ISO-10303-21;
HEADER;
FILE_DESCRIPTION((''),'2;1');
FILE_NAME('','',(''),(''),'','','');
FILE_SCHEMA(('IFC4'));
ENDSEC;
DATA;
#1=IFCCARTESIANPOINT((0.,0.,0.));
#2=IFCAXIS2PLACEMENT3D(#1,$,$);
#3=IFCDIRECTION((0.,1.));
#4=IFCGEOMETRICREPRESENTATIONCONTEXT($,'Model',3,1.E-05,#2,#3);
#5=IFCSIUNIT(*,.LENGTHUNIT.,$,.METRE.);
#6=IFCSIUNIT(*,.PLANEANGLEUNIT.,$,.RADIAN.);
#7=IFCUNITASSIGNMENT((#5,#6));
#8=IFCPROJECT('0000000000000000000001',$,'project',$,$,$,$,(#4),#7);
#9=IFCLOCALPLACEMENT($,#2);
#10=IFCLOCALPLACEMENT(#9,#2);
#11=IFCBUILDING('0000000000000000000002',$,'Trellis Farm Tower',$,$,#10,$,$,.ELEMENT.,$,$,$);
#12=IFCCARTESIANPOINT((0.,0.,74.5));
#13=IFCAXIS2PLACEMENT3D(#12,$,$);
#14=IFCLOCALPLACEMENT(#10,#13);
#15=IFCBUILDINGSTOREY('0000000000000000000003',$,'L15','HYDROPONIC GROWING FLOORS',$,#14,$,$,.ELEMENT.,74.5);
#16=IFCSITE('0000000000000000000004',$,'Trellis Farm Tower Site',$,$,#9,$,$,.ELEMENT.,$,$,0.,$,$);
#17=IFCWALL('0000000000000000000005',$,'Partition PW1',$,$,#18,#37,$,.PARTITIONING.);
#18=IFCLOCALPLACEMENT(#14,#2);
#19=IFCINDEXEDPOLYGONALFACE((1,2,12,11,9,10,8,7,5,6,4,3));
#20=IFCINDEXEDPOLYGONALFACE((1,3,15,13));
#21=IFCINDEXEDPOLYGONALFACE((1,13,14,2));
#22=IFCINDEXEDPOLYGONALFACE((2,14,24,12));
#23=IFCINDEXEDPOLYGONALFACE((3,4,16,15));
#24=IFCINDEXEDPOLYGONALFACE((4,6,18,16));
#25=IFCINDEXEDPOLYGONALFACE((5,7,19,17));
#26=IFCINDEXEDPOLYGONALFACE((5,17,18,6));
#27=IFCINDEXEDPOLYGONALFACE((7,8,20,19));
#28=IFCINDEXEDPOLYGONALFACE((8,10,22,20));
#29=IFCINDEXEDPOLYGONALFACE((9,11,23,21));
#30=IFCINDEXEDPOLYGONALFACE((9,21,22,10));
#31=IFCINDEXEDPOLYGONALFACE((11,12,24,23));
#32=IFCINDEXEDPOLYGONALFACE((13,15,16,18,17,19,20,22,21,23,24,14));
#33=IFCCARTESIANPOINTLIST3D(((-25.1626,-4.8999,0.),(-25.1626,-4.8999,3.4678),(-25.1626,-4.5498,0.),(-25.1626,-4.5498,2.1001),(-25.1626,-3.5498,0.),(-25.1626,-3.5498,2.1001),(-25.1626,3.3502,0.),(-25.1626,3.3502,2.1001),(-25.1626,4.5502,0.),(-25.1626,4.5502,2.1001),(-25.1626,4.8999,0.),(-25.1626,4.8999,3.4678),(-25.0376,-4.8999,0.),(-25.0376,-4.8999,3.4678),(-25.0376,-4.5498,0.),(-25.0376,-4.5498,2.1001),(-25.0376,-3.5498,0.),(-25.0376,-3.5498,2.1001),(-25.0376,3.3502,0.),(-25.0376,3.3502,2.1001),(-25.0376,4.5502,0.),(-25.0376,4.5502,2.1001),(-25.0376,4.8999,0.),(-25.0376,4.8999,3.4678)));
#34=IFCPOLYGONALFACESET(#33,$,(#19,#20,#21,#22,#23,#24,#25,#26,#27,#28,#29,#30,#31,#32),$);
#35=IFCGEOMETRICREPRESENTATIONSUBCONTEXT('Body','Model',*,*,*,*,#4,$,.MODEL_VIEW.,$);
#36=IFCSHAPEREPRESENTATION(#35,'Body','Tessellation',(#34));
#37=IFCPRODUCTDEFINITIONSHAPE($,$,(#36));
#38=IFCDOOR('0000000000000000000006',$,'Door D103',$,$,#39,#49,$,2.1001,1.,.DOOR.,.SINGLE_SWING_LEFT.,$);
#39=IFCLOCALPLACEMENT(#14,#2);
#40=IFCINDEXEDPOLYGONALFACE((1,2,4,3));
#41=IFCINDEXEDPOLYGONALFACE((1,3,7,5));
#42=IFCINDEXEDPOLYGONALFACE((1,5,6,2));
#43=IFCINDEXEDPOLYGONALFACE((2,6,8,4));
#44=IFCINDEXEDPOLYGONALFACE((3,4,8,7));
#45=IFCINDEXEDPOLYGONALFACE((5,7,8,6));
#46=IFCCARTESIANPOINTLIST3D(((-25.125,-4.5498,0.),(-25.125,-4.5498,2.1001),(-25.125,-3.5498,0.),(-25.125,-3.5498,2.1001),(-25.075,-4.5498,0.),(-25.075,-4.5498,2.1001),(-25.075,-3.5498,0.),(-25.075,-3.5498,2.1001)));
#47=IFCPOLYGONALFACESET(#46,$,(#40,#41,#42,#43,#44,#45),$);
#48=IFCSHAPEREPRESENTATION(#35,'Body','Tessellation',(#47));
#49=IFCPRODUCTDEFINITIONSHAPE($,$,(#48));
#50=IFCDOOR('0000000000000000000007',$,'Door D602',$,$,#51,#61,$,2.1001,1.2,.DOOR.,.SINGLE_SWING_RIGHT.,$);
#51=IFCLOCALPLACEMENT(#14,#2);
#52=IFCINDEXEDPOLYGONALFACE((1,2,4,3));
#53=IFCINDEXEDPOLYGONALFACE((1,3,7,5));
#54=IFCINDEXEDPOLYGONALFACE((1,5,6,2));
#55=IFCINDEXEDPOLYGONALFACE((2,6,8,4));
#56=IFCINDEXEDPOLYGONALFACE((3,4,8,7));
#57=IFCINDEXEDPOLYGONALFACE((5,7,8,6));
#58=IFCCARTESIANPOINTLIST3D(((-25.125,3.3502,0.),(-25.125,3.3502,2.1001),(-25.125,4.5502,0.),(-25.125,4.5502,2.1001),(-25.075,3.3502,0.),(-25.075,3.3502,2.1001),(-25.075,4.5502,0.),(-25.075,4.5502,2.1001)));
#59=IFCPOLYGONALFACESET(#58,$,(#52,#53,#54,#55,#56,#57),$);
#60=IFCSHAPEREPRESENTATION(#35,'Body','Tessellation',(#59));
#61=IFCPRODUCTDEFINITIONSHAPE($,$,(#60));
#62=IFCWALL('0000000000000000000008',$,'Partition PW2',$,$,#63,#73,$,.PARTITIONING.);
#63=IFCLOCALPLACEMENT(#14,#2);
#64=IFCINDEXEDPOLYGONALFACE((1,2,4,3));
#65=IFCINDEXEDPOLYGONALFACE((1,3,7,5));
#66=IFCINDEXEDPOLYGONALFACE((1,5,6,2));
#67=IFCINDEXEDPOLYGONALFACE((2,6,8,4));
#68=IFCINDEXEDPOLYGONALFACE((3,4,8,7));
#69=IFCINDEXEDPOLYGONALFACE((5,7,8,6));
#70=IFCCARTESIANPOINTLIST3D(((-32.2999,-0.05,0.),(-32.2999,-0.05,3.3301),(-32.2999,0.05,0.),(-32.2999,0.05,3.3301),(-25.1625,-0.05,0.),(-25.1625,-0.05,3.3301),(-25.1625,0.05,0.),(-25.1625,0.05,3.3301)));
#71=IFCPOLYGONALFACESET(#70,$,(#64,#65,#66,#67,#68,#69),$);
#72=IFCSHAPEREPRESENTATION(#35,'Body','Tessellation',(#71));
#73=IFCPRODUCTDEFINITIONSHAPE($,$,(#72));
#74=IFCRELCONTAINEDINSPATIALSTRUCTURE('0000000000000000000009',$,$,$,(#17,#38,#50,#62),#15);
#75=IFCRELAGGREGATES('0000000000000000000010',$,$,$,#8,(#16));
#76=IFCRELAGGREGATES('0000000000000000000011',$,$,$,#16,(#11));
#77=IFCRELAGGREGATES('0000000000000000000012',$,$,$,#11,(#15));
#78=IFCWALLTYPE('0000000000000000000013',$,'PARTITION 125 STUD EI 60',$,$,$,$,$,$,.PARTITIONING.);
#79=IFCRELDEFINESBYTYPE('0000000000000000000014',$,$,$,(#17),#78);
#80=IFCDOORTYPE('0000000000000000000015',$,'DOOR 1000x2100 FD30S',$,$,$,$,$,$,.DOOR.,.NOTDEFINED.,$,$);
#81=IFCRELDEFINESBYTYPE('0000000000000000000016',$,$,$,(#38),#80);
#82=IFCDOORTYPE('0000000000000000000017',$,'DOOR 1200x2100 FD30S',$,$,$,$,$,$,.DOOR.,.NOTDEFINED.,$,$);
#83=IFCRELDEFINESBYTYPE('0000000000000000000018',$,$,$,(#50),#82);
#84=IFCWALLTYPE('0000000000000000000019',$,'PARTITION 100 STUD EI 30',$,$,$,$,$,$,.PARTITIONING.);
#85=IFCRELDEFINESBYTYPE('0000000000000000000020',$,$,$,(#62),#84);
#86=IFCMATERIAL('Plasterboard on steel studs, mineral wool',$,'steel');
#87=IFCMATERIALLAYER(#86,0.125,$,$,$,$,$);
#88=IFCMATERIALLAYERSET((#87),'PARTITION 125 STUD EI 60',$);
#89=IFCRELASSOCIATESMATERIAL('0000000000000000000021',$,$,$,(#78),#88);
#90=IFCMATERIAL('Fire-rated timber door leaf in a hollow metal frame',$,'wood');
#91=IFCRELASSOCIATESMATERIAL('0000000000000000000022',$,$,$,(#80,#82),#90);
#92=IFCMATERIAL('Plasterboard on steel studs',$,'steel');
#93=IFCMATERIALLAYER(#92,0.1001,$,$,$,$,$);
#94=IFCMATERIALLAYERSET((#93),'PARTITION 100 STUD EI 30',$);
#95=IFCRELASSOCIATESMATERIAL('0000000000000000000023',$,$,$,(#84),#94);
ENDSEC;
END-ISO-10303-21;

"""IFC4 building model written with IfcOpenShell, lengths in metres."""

from ifc_helpers import new_model, si_unit, direction, frame, frame_2d, origin, place, context, subcontext, project, spatial, rectangle, extrude, source, transform, mapped, material, layer, layer_set, type_object, element, fill, save


model = new_model("IFC4")

# Units and contexts
model_context = context("Model", 3, precision=1e-05, world=origin(), true_north=direction((0.0, 1.0)))
body_context = subcontext(model_context, "Body", "Model", "MODEL_VIEW")
ifc_project = project(units=[si_unit("LENGTHUNIT", "METRE"), si_unit("PLANEANGLEUNIT", "RADIAN")], contexts=[model_context])

# Site, building, storey
site_placement = place(None, origin())
site = spatial("IfcSite", under=ifc_project, at=site_placement, Name="Trellis Farm Tower Site", CompositionType="ELEMENT", RefElevation=0.0)
building_placement = place(site_placement, origin())
building = spatial("IfcBuilding", under=site, at=building_placement, Name="Trellis Farm Tower", CompositionType="ELEMENT")
storey_placement = place(building_placement, frame((0.0, 0.0, 74.5)))
storey = spatial("IfcBuildingStorey", under=building, at=storey_placement, Name="L15", Description="HYDROPONIC GROWING FLOORS", CompositionType="ELEMENT", Elevation=74.5)

# Wall, openings, doors
ifc_material_1 = material(Name="Plasterboard on steel studs, mineral wool", Category="steel")
ifc_layer_1 = layer(ifc_material_1, 0.125)
ifc_layer_set_1 = layer_set([ifc_layer_1], Name="PARTITION 125 STUD EI 60")
wall_type_1 = type_object("IfcWallType", Name="PARTITION 125 STUD EI 60", PredefinedType="PARTITIONING", material=ifc_layer_set_1)
shared_shape_1 = source(origin(), body_context, "Body", "SweptSolid", [
    extrude(rectangle(XDim=9.7998, YDim=0.125, at=frame_2d((4.8999, 0.0))), origin(), (0.0, 0.0, 1.0), 3.4678),
])
wall_1_placement = place(storey_placement, frame((-25.1001, -4.8999, 0.0), z_axis=(0.0, 0.0, 1.0), x_axis=(0.0, 1.0, 0.0)))
wall_1 = element("IfcWall", 1, at=wall_1_placement, inside=storey, type_object=wall_type_1, Name="Partition PW1", PredefinedType="PARTITIONING", context=body_context, shape_type="MappedRepresentation", body=[
    mapped(shared_shape_1, transform((0.0, 0.0, 0.0))),
])
shared_shape_2 = source(origin(), body_context, "Body", "SweptSolid", [
    extrude(rectangle(XDim=1.0, YDim=2.1001, at=frame_2d((0.5, 1.05))), frame((0.0, 0.0725, 0.0), z_axis=(0.0, -1.0, 0.0), x_axis=(1.0, 0.0, 0.0)), (0.0, 0.0, 1.0), 0.145),
])
opening_1_placement = place(wall_1_placement, frame((0.3501, 0.0, 0.0)))
opening_1 = element("IfcOpeningElement", 2, at=opening_1_placement, cuts=wall_1, PredefinedType="OPENING", context=body_context, shape_type="MappedRepresentation", body=[
    mapped(shared_shape_2, transform((0.0, 0.0, 0.0))),
])
shared_shape_3 = source(origin(), body_context, "Body", "SweptSolid", [
    extrude(rectangle(XDim=1.2, YDim=2.1001, at=frame_2d((0.6001, 1.05))), frame((0.0, 0.0725, 0.0), z_axis=(0.0, -1.0, 0.0), x_axis=(1.0, 0.0, 0.0)), (0.0, 0.0, 1.0), 0.145),
])
opening_2_placement = place(wall_1_placement, frame((8.25, 0.0, 0.0)))
opening_2 = element("IfcOpeningElement", 3, at=opening_2_placement, cuts=wall_1, PredefinedType="OPENING", context=body_context, shape_type="MappedRepresentation", body=[
    mapped(shared_shape_3, transform((0.0, 0.0, 0.0))),
])
ifc_material_2 = material(Name="Fire-rated timber door leaf in a hollow metal frame", Category="wood")
door_type_1 = type_object("IfcDoorType", Name="DOOR 1000x2100 FD30S", OperationType="NOTDEFINED", PredefinedType="DOOR", material=ifc_material_2)
shared_shape_4 = source(origin(), body_context, "Body", "SweptSolid", [
    extrude(rectangle(XDim=1.0, YDim=2.1001, at=frame_2d((0.5, 1.05))), frame((0.0, 0.0249, 0.0), z_axis=(0.0, -1.0, 0.0), x_axis=(1.0, 0.0, 0.0)), (0.0, 0.0, 1.0), 0.05),
])
door_1_placement = place(opening_1_placement, origin())
door_1 = element("IfcDoor", 4, at=door_1_placement, inside=storey, type_object=door_type_1, Name="Door D103", OperationType="SINGLE_SWING_LEFT", OverallHeight=2.1001, OverallWidth=1.0, PredefinedType="DOOR", context=body_context, shape_type="MappedRepresentation", body=[
    mapped(shared_shape_4, transform((0.0, 0.0, 0.0))),
])
fill(opening_1, door_1)
door_type_2 = type_object("IfcDoorType", Name="DOOR 1200x2100 FD30S", OperationType="NOTDEFINED", PredefinedType="DOOR", material=ifc_material_2)
shared_shape_5 = source(origin(), body_context, "Body", "SweptSolid", [
    extrude(rectangle(XDim=1.2, YDim=2.1001, at=frame_2d((0.6001, 1.05))), frame((0.0, 0.0249, 0.0), z_axis=(0.0, -1.0, 0.0), x_axis=(1.0, 0.0, 0.0)), (0.0, 0.0, 1.0), 0.05),
])
door_2_placement = place(opening_2_placement, origin())
door_2 = element("IfcDoor", 5, at=door_2_placement, inside=storey, type_object=door_type_2, Name="Door D602", OperationType="SINGLE_SWING_RIGHT", OverallHeight=2.1001, OverallWidth=1.2, PredefinedType="DOOR", context=body_context, shape_type="MappedRepresentation", body=[
    mapped(shared_shape_5, transform((0.0, 0.0, 0.0))),
])
fill(opening_2, door_2)

# Wall
ifc_material_3 = material(Name="Plasterboard on steel studs", Category="steel")
ifc_layer_2 = layer(ifc_material_3, 0.1001)
ifc_layer_set_2 = layer_set([ifc_layer_2], Name="PARTITION 100 STUD EI 30")
wall_type_2 = type_object("IfcWallType", Name="PARTITION 100 STUD EI 30", PredefinedType="PARTITIONING", material=ifc_layer_set_2)
shared_shape_6 = source(origin(), body_context, "Body", "SweptSolid", [
    extrude(rectangle(XDim=7.1375, YDim=0.1001, at=frame_2d((3.5688, 0.0))), origin(), (0.0, 0.0, 1.0), 3.3301),
])
wall_2_placement = place(storey_placement, frame((-32.3, 0.0, 0.0), z_axis=(0.0, 0.0, 1.0), x_axis=(1.0, 0.0, 0.0)))
element("IfcWall", 6, at=wall_2_placement, inside=storey, type_object=wall_type_2, Name="Partition PW2", PredefinedType="PARTITIONING", context=body_context, shape_type="MappedRepresentation", body=[
    mapped(shared_shape_6, transform((0.0, 0.0, 0.0))),
])

save(model, "model.ifc")
